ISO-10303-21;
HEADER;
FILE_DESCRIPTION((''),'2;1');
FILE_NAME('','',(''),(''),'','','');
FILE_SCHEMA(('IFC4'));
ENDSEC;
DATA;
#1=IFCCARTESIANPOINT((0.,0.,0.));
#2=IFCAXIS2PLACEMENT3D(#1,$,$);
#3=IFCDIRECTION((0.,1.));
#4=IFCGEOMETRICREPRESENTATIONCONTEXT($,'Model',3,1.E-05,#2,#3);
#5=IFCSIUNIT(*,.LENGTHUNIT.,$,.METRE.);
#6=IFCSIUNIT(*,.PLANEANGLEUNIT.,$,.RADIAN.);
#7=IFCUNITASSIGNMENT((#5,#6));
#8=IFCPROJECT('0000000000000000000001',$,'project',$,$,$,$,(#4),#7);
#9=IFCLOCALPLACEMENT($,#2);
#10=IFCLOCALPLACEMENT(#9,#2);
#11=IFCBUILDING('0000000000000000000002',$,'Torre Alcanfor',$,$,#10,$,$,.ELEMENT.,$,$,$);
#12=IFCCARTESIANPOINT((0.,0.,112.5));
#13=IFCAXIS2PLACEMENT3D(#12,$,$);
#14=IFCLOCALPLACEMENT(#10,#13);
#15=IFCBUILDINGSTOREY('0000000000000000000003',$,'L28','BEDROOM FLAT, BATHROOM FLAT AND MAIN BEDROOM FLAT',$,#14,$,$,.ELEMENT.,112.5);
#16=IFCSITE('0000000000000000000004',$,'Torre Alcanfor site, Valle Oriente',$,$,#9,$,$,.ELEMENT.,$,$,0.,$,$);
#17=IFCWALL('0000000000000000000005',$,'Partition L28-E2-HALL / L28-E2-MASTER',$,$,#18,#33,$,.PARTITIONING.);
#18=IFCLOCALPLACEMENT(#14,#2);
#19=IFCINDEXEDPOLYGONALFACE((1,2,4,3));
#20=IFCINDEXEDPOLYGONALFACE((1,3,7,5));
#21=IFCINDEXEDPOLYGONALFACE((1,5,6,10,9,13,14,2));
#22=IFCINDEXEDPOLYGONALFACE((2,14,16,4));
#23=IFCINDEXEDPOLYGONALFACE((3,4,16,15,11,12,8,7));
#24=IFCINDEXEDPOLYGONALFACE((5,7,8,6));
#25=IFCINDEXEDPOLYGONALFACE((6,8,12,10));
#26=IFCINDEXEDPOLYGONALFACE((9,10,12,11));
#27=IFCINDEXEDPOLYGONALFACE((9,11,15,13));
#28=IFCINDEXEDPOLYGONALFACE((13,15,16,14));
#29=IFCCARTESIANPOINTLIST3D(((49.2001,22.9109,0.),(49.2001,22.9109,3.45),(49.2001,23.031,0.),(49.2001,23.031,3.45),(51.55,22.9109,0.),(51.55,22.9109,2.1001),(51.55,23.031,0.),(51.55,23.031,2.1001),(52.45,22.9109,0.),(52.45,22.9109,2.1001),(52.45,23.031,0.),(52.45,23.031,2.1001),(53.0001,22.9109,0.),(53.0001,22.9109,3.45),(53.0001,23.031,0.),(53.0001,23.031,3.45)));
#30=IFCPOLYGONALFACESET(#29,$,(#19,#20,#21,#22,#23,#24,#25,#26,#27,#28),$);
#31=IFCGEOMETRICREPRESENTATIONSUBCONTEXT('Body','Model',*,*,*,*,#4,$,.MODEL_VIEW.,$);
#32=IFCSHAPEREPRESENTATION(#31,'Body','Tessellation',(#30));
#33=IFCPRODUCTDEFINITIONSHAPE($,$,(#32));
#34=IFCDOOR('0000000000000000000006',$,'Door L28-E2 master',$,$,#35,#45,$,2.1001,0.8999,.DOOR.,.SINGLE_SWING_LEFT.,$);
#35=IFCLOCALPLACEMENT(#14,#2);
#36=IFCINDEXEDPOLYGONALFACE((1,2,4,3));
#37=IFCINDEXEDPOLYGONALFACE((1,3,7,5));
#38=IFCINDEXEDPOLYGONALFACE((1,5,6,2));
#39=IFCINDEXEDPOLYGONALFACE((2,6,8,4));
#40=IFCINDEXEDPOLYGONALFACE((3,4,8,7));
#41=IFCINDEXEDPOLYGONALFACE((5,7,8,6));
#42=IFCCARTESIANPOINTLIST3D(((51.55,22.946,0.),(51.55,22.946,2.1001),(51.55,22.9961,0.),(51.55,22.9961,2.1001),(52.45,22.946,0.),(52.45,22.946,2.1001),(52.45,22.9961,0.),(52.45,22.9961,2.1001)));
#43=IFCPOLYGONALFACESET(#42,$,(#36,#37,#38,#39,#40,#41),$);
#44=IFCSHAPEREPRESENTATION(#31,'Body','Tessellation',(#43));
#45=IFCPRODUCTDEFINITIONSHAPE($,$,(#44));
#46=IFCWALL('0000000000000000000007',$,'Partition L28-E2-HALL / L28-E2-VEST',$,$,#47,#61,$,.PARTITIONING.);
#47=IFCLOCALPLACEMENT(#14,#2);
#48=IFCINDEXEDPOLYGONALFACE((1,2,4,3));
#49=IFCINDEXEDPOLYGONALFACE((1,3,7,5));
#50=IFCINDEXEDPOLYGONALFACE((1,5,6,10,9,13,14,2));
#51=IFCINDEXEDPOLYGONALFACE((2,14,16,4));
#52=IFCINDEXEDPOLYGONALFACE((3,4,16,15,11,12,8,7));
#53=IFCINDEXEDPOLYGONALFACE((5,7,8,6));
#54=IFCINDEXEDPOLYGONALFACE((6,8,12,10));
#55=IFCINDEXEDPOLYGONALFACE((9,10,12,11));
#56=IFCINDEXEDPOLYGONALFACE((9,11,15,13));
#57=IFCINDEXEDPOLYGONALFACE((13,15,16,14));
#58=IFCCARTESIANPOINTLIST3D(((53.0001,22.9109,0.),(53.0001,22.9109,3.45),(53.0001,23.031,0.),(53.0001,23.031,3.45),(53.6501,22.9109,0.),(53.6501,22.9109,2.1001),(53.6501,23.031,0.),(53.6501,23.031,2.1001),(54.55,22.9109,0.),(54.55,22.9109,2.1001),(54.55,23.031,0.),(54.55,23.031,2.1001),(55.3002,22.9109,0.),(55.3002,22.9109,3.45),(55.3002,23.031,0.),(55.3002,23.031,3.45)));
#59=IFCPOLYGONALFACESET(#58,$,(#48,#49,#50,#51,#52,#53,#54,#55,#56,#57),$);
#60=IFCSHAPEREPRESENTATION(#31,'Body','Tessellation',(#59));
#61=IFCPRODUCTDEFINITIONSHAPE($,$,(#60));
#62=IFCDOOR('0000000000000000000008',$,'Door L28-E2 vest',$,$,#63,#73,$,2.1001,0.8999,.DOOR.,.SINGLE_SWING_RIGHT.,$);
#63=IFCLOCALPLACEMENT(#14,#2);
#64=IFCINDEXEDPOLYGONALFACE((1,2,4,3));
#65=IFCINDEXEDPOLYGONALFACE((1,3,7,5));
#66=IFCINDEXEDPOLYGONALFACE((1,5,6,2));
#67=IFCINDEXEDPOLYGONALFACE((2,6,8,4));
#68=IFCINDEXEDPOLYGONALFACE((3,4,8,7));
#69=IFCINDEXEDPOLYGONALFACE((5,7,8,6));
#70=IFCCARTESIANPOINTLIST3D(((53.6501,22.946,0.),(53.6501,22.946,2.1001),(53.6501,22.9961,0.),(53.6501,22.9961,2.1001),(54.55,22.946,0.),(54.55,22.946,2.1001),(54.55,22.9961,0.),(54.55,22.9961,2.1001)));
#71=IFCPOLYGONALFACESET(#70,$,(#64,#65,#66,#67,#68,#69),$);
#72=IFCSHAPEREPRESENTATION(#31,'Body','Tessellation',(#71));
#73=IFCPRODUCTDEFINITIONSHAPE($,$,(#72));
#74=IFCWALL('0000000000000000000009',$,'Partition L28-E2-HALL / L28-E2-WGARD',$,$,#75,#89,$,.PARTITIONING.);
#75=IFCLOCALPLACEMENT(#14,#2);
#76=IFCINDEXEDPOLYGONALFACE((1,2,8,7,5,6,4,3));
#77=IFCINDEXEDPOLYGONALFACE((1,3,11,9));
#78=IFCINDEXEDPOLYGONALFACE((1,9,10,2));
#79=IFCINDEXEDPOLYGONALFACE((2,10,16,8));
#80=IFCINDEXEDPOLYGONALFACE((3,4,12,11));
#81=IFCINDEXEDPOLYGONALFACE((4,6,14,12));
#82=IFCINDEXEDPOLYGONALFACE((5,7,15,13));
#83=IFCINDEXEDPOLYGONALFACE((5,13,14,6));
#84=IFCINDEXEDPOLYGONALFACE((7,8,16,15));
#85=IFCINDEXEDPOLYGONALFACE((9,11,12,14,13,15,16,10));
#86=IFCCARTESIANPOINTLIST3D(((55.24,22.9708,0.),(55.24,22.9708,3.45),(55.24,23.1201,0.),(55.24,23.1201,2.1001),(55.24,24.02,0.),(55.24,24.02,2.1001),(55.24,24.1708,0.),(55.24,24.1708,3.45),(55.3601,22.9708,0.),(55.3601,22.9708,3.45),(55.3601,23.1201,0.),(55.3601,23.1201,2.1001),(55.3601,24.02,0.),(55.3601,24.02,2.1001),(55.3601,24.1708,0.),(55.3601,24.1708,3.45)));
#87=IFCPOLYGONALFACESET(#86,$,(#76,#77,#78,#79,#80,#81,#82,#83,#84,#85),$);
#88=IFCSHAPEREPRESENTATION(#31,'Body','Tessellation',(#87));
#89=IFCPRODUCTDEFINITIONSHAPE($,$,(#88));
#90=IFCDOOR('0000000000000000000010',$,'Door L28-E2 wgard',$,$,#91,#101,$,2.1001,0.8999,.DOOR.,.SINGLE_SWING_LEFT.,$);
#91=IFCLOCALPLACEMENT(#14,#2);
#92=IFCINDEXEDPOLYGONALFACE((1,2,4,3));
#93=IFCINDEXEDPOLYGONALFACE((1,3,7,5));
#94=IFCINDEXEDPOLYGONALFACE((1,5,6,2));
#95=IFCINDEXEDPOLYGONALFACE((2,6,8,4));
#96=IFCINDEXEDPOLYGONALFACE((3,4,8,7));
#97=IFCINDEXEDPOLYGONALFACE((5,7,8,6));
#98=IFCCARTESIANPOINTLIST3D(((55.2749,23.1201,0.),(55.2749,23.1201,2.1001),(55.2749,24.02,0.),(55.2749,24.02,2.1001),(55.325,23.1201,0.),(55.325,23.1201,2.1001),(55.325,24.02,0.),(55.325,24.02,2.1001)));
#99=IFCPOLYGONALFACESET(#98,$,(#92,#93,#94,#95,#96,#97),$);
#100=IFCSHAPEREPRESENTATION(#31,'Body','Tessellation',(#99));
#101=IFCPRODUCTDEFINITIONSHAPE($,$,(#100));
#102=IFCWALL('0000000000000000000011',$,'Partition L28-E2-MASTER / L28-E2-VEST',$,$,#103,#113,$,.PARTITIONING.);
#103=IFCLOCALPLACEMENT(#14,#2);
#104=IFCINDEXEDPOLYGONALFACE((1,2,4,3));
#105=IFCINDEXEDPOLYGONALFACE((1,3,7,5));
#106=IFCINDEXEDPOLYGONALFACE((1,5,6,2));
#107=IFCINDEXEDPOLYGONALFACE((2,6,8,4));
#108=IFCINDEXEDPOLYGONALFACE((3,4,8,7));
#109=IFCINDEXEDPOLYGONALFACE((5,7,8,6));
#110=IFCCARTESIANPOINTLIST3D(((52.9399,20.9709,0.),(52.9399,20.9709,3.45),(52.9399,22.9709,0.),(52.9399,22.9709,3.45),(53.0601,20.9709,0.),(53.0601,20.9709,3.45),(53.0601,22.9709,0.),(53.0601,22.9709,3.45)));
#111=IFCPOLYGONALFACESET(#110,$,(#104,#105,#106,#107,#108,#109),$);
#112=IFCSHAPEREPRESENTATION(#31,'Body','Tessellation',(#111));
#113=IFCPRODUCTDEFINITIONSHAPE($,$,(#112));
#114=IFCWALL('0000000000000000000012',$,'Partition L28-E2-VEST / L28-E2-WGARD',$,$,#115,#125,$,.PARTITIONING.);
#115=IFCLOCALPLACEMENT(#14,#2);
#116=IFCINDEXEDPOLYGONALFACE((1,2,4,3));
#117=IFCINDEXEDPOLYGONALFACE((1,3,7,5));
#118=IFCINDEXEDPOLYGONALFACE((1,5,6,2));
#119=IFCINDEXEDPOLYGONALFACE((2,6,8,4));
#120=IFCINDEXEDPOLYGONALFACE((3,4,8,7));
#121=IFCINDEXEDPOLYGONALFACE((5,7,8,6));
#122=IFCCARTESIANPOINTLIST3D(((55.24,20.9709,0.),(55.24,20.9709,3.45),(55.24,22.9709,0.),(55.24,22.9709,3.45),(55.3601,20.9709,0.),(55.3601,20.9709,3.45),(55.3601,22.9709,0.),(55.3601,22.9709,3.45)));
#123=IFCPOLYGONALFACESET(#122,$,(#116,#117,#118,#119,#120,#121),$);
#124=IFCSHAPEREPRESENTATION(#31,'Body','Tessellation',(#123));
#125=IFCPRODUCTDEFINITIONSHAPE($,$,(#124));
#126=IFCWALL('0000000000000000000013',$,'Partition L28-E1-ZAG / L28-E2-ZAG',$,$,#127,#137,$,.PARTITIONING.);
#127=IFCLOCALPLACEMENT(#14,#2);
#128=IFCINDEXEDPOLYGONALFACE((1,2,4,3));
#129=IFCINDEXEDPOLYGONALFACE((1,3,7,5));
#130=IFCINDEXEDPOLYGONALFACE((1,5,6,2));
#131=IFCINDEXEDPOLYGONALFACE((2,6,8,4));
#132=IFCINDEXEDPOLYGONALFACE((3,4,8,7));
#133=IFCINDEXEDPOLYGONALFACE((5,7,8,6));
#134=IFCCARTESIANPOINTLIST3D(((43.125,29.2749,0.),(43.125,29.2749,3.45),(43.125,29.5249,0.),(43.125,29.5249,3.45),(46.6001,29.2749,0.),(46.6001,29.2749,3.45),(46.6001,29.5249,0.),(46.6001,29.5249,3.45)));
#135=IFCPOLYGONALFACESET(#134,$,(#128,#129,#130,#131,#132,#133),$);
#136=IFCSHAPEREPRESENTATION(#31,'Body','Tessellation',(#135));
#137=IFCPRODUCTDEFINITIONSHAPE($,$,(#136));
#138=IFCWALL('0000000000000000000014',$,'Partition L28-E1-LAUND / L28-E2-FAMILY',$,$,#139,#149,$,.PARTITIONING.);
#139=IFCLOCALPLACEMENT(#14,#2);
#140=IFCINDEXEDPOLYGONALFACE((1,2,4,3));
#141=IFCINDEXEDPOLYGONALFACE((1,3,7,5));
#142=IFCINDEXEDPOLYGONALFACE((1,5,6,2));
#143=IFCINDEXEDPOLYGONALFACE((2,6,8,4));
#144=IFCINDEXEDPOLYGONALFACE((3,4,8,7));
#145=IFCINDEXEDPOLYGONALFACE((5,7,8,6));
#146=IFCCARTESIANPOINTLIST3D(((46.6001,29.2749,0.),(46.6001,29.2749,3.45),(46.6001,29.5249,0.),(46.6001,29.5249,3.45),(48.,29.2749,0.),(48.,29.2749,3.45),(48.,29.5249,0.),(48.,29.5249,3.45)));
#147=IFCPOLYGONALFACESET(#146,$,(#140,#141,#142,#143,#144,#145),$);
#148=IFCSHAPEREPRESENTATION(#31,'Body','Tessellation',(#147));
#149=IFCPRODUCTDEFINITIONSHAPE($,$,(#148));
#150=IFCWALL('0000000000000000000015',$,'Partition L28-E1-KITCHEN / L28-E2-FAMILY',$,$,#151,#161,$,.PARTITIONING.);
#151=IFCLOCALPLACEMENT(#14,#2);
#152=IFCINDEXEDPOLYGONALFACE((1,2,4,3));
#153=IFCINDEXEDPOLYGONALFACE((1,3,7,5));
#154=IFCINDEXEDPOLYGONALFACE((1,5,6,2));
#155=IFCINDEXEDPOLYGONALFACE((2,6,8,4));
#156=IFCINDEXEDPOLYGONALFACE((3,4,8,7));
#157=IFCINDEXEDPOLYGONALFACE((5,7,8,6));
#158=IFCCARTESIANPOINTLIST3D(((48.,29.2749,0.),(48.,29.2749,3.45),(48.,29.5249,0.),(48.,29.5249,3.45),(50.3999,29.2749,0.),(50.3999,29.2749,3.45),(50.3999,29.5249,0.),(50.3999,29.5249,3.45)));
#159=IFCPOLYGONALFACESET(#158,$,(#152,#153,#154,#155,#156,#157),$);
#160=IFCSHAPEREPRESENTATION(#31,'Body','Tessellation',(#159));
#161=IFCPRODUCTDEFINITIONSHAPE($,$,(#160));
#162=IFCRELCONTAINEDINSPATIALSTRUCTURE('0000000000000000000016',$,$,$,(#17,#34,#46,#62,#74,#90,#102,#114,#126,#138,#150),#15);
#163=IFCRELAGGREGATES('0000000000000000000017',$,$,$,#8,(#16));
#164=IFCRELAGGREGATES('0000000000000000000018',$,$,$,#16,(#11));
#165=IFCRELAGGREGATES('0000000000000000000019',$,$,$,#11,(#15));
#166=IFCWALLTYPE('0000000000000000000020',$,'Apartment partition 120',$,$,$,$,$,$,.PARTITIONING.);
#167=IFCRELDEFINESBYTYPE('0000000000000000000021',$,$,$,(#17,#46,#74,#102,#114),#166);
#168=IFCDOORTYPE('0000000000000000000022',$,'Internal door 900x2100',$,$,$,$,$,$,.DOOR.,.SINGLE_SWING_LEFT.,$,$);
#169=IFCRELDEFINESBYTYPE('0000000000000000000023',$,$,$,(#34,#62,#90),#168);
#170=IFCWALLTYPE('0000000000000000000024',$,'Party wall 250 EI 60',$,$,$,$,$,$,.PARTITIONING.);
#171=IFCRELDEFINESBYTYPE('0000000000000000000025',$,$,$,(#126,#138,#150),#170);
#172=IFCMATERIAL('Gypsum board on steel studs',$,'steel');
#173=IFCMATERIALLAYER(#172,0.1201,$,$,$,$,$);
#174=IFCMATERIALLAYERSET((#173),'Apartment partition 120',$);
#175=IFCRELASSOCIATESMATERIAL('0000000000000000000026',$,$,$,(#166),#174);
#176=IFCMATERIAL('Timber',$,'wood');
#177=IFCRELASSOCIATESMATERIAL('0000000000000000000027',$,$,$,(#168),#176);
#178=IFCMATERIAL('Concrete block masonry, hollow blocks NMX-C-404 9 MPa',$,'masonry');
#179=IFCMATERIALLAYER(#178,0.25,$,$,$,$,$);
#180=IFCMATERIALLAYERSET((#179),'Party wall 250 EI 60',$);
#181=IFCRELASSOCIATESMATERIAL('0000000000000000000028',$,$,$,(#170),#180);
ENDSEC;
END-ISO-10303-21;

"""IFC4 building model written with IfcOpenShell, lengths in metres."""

from ifc_helpers import new_model, si_unit, direction, frame, frame_2d, origin, place, context, subcontext, project, spatial, rectangle, extrude, material, layer, layer_set, type_object, element, fill, save


model = new_model("IFC4")

# Units and contexts
model_context = context("Model", 3, precision=1e-05, world=origin(), true_north=direction((0.0, 1.0)))
body_context = subcontext(model_context, "Body", "Model", "MODEL_VIEW")
ifc_project = project(units=[si_unit("LENGTHUNIT", "METRE"), si_unit("PLANEANGLEUNIT", "RADIAN")], contexts=[model_context])

# Site, building, storey
site_placement = place(None, origin())
site = spatial("IfcSite", under=ifc_project, at=site_placement, Name="Torre Alcanfor site, Valle Oriente", CompositionType="ELEMENT", RefElevation=0.0)
building_placement = place(site_placement, origin())
building = spatial("IfcBuilding", under=site, at=building_placement, Name="Torre Alcanfor", CompositionType="ELEMENT")
storey_placement = place(building_placement, frame((0.0, 0.0, 112.5)))
storey = spatial("IfcBuildingStorey", under=building, at=storey_placement, Name="L28", Description="BEDROOM FLAT, BATHROOM FLAT AND MAIN BEDROOM FLAT", CompositionType="ELEMENT", Elevation=112.5)

# Shared definitions
ifc_material_1 = material(Name="Gypsum board on steel studs", Category="steel")
ifc_layer_1 = layer(ifc_material_1, 0.1201)
ifc_layer_set_1 = layer_set([ifc_layer_1], Name="Apartment partition 120")
wall_type_1 = type_object("IfcWallType", Name="Apartment partition 120", PredefinedType="PARTITIONING", material=ifc_layer_set_1)

# Shared definitions
ifc_material_2 = material(Name="Timber", Category="wood")
door_type_1 = type_object("IfcDoorType", Name="Internal door 900x2100", OperationType="SINGLE_SWING_LEFT", PredefinedType="DOOR", material=ifc_material_2)

# Walls, openings, doors
wall_1_placement = place(storey_placement, frame((53.0, 22.9709, 0.0), z_axis=(0.0, 0.0, 1.0), x_axis=(-1.0, 0.0, 0.0)))
wall_1 = element("IfcWall", 1, at=wall_1_placement, inside=storey, type_object=wall_type_1, Name="Partition L28-E2-HALL / L28-E2-MASTER", PredefinedType="PARTITIONING", context=body_context, shape_type="SweptSolid", body=[
    extrude(rectangle(XDim=3.8, YDim=0.1201, at=frame_2d((1.8999, 0.0))), origin(), (0.0, 0.0, 1.0), 3.45),
])
opening_1_placement = place(wall_1_placement, frame((0.55, 0.0, 0.0)))
opening_1 = element("IfcOpeningElement", 2, at=opening_1_placement, cuts=wall_1, PredefinedType="OPENING", context=body_context, shape_type="SweptSolid", body=[
    extrude(rectangle(XDim=0.8999, YDim=2.1001, at=frame_2d((0.45, 1.05))), frame((0.0, 0.0701, 0.0), z_axis=(0.0, -1.0, 0.0), x_axis=(1.0, 0.0, 0.0)), (0.0, 0.0, 1.0), 0.1401),
])
door_1_placement = place(opening_1_placement, origin())
door_1 = element("IfcDoor", 3, at=door_1_placement, inside=storey, type_object=door_type_1, Name="Door L28-E2 master", OperationType="SINGLE_SWING_LEFT", OverallHeight=2.1001, OverallWidth=0.8999, PredefinedType="DOOR", context=body_context, shape_type="SweptSolid", body=[
    extrude(rectangle(XDim=0.8999, YDim=2.1001, at=frame_2d((0.45, 1.05))), frame((0.0, 0.0249, 0.0), z_axis=(0.0, -1.0, 0.0), x_axis=(1.0, 0.0, 0.0)), (0.0, 0.0, 1.0), 0.05),
])
fill(opening_1, door_1)
wall_2_placement = place(storey_placement, frame((55.3, 22.9709, 0.0), z_axis=(0.0, 0.0, 1.0), x_axis=(-1.0, 0.0, 0.0)))
wall_2 = element("IfcWall", 4, at=wall_2_placement, inside=storey, type_object=wall_type_1, Name="Partition L28-E2-HALL / L28-E2-VEST", PredefinedType="PARTITIONING", context=body_context, shape_type="SweptSolid", body=[
    extrude(rectangle(XDim=2.3, YDim=0.1201, at=frame_2d((1.1499, 0.0))), origin(), (0.0, 0.0, 1.0), 3.45),
])
opening_2_placement = place(wall_2_placement, frame((0.75, 0.0, 0.0)))
opening_2 = element("IfcOpeningElement", 5, at=opening_2_placement, cuts=wall_2, PredefinedType="OPENING", context=body_context, shape_type="SweptSolid", body=[
    extrude(rectangle(XDim=0.8999, YDim=2.1001, at=frame_2d((0.45, 1.05))), frame((0.0, 0.0701, 0.0), z_axis=(0.0, -1.0, 0.0), x_axis=(1.0, 0.0, 0.0)), (0.0, 0.0, 1.0), 0.1401),
])
door_2_placement = place(opening_2_placement, origin())
door_2 = element("IfcDoor", 6, at=door_2_placement, inside=storey, type_object=door_type_1, Name="Door L28-E2 vest", OperationType="SINGLE_SWING_RIGHT", OverallHeight=2.1001, OverallWidth=0.8999, PredefinedType="DOOR", context=body_context, shape_type="SweptSolid", body=[
    extrude(rectangle(XDim=0.8999, YDim=2.1001, at=frame_2d((0.45, 1.05))), frame((0.0, 0.0249, 0.0), z_axis=(0.0, -1.0, 0.0), x_axis=(1.0, 0.0, 0.0)), (0.0, 0.0, 1.0), 0.05),
])
fill(opening_2, door_2)
wall_3_placement = place(storey_placement, frame((55.3, 24.1709, 0.0), z_axis=(0.0, 0.0, 1.0), x_axis=(0.0, -1.0, 0.0)))
wall_3 = element("IfcWall", 7, at=wall_3_placement, inside=storey, type_object=wall_type_1, Name="Partition L28-E2-HALL / L28-E2-WGARD", PredefinedType="PARTITIONING", context=body_context, shape_type="SweptSolid", body=[
    extrude(rectangle(XDim=1.2, YDim=0.1201, at=frame_2d((0.6001, 0.0))), origin(), (0.0, 0.0, 1.0), 3.45),
])
opening_3_placement = place(wall_3_placement, frame((0.1509, 0.0, 0.0)))
opening_3 = element("IfcOpeningElement", 8, at=opening_3_placement, cuts=wall_3, PredefinedType="OPENING", context=body_context, shape_type="SweptSolid", body=[
    extrude(rectangle(XDim=0.8999, YDim=2.1001, at=frame_2d((0.45, 1.05))), frame((0.0, 0.0701, 0.0), z_axis=(0.0, -1.0, 0.0), x_axis=(1.0, 0.0, 0.0)), (0.0, 0.0, 1.0), 0.1401),
])
door_3_placement = place(opening_3_placement, origin())
door_3 = element("IfcDoor", 9, at=door_3_placement, inside=storey, type_object=door_type_1, Name="Door L28-E2 wgard", OperationType="SINGLE_SWING_LEFT", OverallHeight=2.1001, OverallWidth=0.8999, PredefinedType="DOOR", context=body_context, shape_type="SweptSolid", body=[
    extrude(rectangle(XDim=0.8999, YDim=2.1001, at=frame_2d((0.45, 1.05))), frame((0.0, 0.0249, 0.0), z_axis=(0.0, -1.0, 0.0), x_axis=(1.0, 0.0, 0.0)), (0.0, 0.0, 1.0), 0.05),
])
fill(opening_3, door_3)

# Walls
for number, where, z_axis, x_axis, name in (
    (10, (53.0, 22.9709, 0.0), (0.0, 0.0, 1.0), (0.0, -1.0, 0.0), "Partition L28-E2-MASTER / L28-E2-VEST"),
    (11, (55.3, 22.9709, 0.0), (0.0, 0.0, 1.0), (0.0, -1.0, 0.0), "Partition L28-E2-VEST / L28-E2-WGARD"),
):
    element("IfcWall", number, at=place(storey_placement, frame(where, z_axis=z_axis, x_axis=x_axis)), inside=storey, type_object=wall_type_1, Name=name, PredefinedType="PARTITIONING", context=body_context, shape_type="SweptSolid", body=[
        extrude(rectangle(XDim=2.0, YDim=0.1201, at=frame_2d((1.0, 0.0))), origin(), (0.0, 0.0, 1.0), 3.45),
    ])
ifc_material_3 = material(Name="Concrete block masonry, hollow blocks NMX-C-404 9 MPa", Category="masonry")
ifc_layer_2 = layer(ifc_material_3, 0.25)
ifc_layer_set_2 = layer_set([ifc_layer_2], Name="Party wall 250 EI 60")
wall_type_2 = type_object("IfcWallType", Name="Party wall 250 EI 60", PredefinedType="PARTITIONING", material=ifc_layer_set_2)
wall_4_placement = place(storey_placement, frame((43.125, 29.3999, 0.0), z_axis=(0.0, 0.0, 1.0), x_axis=(1.0, 0.0, 0.0)))
element("IfcWall", 12, at=wall_4_placement, inside=storey, type_object=wall_type_2, Name="Partition L28-E1-ZAG / L28-E2-ZAG", PredefinedType="PARTITIONING", context=body_context, shape_type="SweptSolid", body=[
    extrude(rectangle(XDim=3.4751, YDim=0.25, at=frame_2d((1.7375, 0.0))), origin(), (0.0, 0.0, 1.0), 3.45),
])
wall_5_placement = place(storey_placement, frame((46.6001, 29.3999, 0.0), z_axis=(0.0, 0.0, 1.0), x_axis=(1.0, 0.0, 0.0)))
element("IfcWall", 13, at=wall_5_placement, inside=storey, type_object=wall_type_2, Name="Partition L28-E1-LAUND / L28-E2-FAMILY", PredefinedType="PARTITIONING", context=body_context, shape_type="SweptSolid", body=[
    extrude(rectangle(XDim=1.3999, YDim=0.25, at=frame_2d((0.7, 0.0))), origin(), (0.0, 0.0, 1.0), 3.45),
])
wall_6_placement = place(storey_placement, frame((48.0, 29.3999, 0.0), z_axis=(0.0, 0.0, 1.0), x_axis=(1.0, 0.0, 0.0)))
element("IfcWall", 14, at=wall_6_placement, inside=storey, type_object=wall_type_2, Name="Partition L28-E1-KITCHEN / L28-E2-FAMILY", PredefinedType="PARTITIONING", context=body_context, shape_type="SweptSolid", body=[
    extrude(rectangle(XDim=2.3999, YDim=0.25, at=frame_2d((1.2, 0.0))), origin(), (0.0, 0.0, 1.0), 3.45),
])

save(model, "model.ifc")
